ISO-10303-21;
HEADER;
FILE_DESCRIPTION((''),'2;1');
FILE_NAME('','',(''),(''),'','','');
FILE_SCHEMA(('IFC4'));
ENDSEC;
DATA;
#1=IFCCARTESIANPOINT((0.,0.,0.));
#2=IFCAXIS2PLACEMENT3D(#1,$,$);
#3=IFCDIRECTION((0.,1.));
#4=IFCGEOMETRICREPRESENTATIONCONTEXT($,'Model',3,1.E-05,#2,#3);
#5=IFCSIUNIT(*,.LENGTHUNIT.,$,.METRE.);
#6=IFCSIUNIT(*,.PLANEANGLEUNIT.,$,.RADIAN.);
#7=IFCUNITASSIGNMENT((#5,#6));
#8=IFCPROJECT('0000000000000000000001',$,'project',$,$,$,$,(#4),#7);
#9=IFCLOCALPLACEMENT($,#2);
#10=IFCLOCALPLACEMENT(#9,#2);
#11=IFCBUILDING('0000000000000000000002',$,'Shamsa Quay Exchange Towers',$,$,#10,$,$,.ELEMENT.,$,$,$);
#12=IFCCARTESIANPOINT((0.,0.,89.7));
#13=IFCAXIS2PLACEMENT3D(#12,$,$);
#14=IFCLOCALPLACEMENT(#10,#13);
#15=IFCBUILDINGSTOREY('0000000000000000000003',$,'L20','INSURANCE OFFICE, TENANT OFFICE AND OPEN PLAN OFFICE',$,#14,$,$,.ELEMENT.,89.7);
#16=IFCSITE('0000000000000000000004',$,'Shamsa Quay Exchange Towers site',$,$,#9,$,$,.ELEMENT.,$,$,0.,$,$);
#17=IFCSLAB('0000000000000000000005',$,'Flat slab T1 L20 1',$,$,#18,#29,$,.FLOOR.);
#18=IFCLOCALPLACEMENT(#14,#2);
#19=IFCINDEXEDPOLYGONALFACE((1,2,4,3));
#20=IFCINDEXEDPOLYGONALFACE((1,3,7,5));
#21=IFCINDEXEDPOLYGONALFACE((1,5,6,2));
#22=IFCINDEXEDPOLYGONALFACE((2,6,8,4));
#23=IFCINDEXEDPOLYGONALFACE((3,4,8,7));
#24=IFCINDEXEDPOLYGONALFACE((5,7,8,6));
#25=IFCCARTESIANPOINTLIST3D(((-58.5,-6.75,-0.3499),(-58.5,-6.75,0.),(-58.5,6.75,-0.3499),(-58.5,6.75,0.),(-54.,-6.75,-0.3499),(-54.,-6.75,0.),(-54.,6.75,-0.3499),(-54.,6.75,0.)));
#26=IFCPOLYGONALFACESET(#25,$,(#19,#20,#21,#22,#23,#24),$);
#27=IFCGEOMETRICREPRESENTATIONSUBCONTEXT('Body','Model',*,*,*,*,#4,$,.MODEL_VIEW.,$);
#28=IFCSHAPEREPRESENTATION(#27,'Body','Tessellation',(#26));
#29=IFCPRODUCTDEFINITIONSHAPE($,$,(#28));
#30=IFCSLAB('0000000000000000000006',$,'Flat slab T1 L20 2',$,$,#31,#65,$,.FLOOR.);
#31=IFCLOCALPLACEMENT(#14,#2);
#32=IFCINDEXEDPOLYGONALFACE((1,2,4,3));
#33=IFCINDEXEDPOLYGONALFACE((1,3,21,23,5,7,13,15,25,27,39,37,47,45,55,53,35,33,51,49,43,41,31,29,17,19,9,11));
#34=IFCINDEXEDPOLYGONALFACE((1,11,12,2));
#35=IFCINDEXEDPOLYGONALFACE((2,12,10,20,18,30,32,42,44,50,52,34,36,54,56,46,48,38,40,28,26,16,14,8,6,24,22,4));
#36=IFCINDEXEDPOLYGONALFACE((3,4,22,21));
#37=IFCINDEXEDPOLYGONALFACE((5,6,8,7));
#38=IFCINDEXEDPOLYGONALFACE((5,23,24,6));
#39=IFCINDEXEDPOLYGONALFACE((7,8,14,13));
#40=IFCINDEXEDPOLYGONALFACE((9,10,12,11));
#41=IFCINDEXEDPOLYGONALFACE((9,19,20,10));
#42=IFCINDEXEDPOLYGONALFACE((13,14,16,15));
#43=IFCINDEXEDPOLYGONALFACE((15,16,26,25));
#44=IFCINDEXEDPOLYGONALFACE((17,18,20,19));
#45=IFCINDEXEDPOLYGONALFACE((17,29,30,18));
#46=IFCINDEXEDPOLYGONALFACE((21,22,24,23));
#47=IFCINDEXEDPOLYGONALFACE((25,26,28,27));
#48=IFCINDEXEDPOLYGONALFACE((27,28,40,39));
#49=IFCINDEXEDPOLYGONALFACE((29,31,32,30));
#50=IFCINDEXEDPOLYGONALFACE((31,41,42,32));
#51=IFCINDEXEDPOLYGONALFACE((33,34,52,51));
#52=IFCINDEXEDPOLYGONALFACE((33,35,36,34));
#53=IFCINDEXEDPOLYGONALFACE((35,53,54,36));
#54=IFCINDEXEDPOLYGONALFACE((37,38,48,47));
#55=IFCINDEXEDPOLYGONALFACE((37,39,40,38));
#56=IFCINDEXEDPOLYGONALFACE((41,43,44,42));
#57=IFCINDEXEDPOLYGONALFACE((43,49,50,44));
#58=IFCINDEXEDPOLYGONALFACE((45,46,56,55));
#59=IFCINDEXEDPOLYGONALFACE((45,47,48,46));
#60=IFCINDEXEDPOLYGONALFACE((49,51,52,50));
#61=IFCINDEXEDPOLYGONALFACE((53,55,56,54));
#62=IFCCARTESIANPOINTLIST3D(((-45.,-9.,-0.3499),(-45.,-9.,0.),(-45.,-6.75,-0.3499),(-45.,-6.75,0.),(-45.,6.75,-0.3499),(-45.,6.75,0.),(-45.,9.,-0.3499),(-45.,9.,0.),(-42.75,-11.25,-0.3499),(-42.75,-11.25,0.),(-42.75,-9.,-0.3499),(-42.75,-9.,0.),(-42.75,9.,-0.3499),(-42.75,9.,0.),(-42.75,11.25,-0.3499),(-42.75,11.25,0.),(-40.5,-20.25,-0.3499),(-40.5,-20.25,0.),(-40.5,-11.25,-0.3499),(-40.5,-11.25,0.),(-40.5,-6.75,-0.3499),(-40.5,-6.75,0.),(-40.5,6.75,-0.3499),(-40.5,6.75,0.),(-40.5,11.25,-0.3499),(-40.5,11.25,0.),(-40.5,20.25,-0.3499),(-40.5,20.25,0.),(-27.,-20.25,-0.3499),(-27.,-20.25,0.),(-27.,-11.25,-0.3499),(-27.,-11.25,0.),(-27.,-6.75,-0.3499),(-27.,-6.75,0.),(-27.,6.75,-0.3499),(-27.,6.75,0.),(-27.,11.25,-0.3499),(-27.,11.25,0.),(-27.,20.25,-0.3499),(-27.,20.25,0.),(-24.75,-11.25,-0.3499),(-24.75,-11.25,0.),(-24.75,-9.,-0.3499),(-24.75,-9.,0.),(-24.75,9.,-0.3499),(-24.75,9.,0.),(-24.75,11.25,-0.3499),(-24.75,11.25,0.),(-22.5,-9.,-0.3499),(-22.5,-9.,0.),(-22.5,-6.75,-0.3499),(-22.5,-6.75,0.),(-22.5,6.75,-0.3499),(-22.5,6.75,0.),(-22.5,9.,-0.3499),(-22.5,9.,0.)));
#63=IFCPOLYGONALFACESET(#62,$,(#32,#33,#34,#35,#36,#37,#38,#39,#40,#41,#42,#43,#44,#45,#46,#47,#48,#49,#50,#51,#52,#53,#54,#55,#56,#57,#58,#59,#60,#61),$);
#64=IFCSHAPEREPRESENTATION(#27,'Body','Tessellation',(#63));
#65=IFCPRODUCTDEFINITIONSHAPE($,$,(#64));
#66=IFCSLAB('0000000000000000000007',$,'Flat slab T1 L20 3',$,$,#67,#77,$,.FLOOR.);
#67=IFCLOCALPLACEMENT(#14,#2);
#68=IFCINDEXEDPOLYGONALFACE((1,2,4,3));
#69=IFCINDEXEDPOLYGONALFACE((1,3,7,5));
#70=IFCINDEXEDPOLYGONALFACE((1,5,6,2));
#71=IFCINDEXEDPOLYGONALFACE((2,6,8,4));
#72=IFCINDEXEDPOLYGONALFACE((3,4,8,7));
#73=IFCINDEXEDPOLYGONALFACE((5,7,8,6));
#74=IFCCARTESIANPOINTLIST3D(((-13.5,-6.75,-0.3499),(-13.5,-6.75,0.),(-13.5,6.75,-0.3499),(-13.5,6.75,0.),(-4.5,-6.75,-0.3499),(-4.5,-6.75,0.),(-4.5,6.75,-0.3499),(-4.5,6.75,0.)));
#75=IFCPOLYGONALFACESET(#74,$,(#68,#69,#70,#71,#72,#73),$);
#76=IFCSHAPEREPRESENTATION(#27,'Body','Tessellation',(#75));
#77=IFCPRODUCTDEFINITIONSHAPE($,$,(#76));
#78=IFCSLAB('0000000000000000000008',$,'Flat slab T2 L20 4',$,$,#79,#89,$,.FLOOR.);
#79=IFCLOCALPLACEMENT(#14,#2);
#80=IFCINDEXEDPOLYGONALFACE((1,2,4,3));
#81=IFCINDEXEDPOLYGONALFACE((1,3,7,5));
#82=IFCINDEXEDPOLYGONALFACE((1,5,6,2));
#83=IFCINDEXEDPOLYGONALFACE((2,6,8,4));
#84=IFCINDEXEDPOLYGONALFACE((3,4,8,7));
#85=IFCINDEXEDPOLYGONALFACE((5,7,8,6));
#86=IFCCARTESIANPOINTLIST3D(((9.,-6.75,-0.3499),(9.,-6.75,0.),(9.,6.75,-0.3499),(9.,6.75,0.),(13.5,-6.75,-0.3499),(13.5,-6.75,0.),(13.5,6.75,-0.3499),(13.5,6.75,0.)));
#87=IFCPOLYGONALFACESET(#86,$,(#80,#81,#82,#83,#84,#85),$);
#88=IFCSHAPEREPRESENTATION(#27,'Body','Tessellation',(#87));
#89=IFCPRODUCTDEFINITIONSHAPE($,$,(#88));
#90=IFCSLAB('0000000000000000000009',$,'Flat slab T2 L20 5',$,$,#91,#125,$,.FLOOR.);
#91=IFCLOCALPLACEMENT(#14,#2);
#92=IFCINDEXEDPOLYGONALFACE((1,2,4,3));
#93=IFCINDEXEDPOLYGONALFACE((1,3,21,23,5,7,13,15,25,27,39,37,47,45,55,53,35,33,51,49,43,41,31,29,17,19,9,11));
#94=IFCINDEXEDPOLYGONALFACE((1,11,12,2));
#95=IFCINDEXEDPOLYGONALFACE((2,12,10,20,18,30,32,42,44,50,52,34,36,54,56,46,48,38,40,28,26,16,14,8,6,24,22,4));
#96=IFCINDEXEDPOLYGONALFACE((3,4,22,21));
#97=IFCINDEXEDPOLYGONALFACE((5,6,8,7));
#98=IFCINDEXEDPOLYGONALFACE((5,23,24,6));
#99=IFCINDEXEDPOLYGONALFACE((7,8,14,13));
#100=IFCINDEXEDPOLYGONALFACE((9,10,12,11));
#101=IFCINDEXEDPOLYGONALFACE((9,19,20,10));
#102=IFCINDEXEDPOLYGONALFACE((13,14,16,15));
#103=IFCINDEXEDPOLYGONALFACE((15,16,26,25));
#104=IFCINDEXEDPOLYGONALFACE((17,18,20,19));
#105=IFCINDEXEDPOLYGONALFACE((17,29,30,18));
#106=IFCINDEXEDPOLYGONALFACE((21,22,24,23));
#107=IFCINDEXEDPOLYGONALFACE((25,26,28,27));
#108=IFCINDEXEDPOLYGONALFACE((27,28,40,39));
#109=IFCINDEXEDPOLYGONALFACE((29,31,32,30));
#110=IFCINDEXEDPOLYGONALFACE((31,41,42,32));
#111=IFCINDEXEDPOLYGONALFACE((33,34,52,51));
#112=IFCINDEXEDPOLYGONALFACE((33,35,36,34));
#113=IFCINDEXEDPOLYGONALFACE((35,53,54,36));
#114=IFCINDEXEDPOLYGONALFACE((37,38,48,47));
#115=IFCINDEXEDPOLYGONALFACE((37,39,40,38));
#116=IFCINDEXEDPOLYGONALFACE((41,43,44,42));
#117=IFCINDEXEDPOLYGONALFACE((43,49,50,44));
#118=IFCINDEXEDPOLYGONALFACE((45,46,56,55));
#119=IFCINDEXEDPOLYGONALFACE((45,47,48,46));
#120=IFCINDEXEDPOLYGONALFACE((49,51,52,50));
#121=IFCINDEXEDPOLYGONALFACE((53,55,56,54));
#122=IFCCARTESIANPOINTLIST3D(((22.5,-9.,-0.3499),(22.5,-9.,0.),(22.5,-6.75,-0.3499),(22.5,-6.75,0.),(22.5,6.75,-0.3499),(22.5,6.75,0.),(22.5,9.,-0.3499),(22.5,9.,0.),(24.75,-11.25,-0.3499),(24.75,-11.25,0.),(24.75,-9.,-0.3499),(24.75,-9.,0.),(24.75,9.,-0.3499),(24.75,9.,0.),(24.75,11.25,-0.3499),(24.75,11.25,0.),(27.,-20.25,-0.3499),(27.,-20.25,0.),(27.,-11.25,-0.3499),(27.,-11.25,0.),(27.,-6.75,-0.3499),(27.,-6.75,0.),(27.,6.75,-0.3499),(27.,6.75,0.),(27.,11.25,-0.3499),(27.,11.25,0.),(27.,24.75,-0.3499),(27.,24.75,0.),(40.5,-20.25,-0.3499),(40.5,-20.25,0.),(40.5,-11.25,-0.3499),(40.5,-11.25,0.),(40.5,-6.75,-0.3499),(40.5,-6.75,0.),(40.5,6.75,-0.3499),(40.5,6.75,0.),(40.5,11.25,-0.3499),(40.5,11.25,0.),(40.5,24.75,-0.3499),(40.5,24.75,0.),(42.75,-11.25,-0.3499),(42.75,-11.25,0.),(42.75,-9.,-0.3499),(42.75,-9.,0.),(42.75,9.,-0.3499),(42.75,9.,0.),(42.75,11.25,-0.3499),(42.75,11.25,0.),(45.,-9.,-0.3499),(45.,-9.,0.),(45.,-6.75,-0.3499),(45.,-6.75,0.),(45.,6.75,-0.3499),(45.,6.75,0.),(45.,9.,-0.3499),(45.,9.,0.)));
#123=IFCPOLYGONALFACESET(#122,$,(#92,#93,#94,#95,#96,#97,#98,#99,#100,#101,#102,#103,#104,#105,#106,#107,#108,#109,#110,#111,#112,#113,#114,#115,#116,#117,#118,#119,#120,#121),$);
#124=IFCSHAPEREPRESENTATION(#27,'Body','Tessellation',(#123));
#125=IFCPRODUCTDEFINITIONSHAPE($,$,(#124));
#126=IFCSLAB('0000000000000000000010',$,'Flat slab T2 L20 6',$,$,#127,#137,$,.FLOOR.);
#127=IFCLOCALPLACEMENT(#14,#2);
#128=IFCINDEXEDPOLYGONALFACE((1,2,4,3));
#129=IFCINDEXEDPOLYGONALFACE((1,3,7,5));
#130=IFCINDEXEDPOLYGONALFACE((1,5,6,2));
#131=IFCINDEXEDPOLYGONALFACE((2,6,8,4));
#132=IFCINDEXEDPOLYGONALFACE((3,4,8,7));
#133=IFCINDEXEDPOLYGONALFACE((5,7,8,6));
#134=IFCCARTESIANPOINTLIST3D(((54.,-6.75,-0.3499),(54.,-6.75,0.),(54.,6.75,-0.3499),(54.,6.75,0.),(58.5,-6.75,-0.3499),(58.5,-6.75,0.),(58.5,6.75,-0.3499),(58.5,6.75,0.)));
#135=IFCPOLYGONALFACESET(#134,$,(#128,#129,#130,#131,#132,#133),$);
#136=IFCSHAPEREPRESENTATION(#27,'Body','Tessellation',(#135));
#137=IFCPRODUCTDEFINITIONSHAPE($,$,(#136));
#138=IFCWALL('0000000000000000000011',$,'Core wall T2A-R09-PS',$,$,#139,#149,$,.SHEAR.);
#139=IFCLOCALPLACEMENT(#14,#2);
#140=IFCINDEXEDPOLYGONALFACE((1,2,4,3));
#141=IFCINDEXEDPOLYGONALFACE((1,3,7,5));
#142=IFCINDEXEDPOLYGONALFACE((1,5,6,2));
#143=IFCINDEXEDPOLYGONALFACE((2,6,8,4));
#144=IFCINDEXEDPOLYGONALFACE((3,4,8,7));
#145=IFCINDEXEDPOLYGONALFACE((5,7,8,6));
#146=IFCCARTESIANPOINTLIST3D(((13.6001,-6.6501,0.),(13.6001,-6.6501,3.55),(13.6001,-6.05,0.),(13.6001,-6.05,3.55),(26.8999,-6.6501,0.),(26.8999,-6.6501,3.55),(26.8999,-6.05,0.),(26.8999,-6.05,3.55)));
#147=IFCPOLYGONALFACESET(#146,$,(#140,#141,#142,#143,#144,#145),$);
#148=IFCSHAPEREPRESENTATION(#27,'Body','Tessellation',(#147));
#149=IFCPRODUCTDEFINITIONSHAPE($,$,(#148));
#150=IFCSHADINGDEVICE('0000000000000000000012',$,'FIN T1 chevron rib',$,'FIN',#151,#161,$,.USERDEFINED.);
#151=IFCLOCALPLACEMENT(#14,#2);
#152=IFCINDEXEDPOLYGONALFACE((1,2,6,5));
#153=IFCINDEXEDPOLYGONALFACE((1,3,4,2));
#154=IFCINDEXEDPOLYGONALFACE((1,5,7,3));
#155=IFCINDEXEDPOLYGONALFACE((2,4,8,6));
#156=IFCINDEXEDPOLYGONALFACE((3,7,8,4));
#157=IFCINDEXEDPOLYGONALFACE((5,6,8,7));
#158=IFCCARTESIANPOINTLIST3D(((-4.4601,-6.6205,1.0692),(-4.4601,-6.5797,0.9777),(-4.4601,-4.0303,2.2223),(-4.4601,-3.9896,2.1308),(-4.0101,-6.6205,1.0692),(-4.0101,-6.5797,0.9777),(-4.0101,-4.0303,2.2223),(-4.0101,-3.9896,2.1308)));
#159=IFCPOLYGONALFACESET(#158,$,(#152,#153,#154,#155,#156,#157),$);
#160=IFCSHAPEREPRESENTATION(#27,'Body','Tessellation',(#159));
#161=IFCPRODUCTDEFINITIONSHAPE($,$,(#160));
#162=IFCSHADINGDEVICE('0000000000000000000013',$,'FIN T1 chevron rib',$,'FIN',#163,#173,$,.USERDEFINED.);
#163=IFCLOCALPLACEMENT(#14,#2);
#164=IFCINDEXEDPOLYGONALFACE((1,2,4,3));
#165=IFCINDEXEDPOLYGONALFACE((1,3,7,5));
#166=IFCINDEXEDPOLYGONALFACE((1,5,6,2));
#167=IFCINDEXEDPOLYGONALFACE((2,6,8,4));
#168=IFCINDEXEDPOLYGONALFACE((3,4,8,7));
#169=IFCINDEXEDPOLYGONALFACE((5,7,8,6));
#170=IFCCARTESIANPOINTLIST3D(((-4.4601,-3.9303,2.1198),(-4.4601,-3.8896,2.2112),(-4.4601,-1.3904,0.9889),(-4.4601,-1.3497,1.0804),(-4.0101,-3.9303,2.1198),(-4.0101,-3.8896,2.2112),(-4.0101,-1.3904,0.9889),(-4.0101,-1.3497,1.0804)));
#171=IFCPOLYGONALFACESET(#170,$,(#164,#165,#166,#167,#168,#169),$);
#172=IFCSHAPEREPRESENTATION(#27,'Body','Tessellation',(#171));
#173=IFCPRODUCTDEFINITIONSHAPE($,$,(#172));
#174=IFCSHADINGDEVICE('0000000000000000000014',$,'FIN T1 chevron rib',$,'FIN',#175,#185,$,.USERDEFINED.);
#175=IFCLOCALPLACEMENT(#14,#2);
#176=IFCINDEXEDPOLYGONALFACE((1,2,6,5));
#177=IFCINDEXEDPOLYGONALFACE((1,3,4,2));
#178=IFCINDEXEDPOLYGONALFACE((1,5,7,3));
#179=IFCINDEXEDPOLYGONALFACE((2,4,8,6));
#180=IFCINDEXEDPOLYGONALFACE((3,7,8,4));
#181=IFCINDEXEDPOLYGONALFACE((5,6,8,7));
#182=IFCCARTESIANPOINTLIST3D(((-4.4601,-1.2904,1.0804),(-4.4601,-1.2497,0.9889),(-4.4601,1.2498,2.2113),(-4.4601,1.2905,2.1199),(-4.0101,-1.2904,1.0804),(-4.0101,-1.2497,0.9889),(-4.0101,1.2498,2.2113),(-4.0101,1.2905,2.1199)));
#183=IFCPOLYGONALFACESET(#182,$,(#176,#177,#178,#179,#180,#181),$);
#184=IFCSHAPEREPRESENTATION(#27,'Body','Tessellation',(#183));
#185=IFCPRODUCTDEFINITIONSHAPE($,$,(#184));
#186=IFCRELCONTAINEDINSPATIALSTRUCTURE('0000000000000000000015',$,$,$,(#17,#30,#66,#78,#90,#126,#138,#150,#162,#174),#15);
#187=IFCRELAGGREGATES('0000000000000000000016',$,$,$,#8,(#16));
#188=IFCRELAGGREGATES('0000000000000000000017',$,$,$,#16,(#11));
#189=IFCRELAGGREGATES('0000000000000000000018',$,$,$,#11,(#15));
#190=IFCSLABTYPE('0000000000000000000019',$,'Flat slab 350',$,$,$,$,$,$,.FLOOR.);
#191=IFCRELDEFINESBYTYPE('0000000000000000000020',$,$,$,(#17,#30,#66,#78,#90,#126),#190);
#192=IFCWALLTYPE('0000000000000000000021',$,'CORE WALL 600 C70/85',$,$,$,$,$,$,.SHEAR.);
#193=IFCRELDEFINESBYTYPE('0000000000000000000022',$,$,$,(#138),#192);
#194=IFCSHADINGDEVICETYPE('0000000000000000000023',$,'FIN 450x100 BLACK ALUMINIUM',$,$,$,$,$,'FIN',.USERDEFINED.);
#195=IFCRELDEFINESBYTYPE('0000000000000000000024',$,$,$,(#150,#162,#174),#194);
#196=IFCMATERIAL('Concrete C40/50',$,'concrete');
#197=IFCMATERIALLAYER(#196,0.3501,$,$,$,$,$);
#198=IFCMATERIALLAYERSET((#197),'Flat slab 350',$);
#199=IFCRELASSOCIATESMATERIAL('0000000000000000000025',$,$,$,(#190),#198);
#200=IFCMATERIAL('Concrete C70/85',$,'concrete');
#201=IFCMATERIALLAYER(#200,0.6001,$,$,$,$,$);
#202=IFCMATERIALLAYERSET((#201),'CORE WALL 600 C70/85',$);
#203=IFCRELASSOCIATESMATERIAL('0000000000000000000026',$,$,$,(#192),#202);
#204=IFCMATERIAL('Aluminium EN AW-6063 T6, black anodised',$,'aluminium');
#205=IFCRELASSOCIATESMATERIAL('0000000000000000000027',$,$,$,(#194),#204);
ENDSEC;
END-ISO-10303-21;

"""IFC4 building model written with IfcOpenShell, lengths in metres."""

from ifc_helpers import new_model, si_unit, direction, frame, frame_2d, origin, origin_2d, place, context, subcontext, project, spatial, polyline, rectangle, outline, extrude, material, layer, layer_set, material_profile, profile_set, type_object, element, save


model = new_model("IFC4")

# Units and contexts
model_context = context("Model", 3, precision=1e-05, world=origin(), true_north=direction((0.0, 1.0)))
body_context = subcontext(model_context, "Body", "Model", "MODEL_VIEW")
ifc_project = project(units=[si_unit("LENGTHUNIT", "METRE"), si_unit("PLANEANGLEUNIT", "RADIAN")], contexts=[model_context])

# Site, building, storey
site_placement = place(None, origin())
site = spatial("IfcSite", under=ifc_project, at=site_placement, Name="Shamsa Quay Exchange Towers site", CompositionType="ELEMENT", RefElevation=0.0)
building_placement = place(site_placement, origin())
building = spatial("IfcBuilding", under=site, at=building_placement, Name="Shamsa Quay Exchange Towers", CompositionType="ELEMENT")
storey_placement = place(building_placement, frame((0.0, 0.0, 89.7)))
storey = spatial("IfcBuildingStorey", under=building, at=storey_placement, Name="L20", Description="INSURANCE OFFICE, TENANT OFFICE AND OPEN PLAN OFFICE", CompositionType="ELEMENT", Elevation=89.7)

# Shared definitions
ifc_material_1 = material(Name="Aluminium EN AW-6063 T6, black anodised", Category="aluminium")

# Slabs
ifc_material_2 = material(Name="Concrete C40/50", Category="concrete")
ifc_layer_1 = layer(ifc_material_2, 0.3501)
ifc_layer_set_1 = layer_set([ifc_layer_1], Name="Flat slab 350")
slab_type_1 = type_object("IfcSlabType", Name="Flat slab 350", PredefinedType="FLOOR", material=ifc_layer_set_1)
slab_1_placement = place(storey_placement, frame((0.0, 0.0, -0.3499)))
element("IfcSlab", 1, at=slab_1_placement, inside=storey, type_object=slab_type_1, Name="Flat slab T1 L20 1", PredefinedType="FLOOR", context=body_context, shape_type="SweptSolid", body=[
    extrude(outline(polyline([(-58.5, -6.75), (-54.0, -6.75), (-54.0, 6.75), (-58.5, 6.75), (-58.5, -6.75)])), origin(), (0.0, 0.0, 1.0), 0.3499),
])
slab_2_placement = place(storey_placement, frame((0.0, 0.0, -0.3499)))
element("IfcSlab", 2, at=slab_2_placement, inside=storey, type_object=slab_type_1, Name="Flat slab T1 L20 2", PredefinedType="FLOOR", context=body_context, shape_type="SweptSolid", body=[
    extrude(outline(polyline([(-22.5, -9.0), (-22.5, -6.75), (-27.0, -6.75), (-27.0, 6.75), (-22.5, 6.75), (-22.5, 9.0), (-24.75, 9.0), (-24.75, 11.25), (-27.0, 11.25), (-27.0, 20.25), (-40.5, 20.25), (-40.5, 11.25), (-42.75, 11.25), (-42.75, 9.0), (-45.0, 9.0), (-45.0, 6.75), (-40.5, 6.75), (-40.5, -6.75), (-45.0, -6.75), (-45.0, -9.0), (-42.75, -9.0), (-42.75, -11.25), (-40.5, -11.25), (-40.5, -20.25), (-27.0, -20.25), (-27.0, -11.25), (-24.75, -11.25), (-24.75, -9.0), (-22.5, -9.0)])), origin(), (0.0, 0.0, 1.0), 0.3499),
])
slab_3_placement = place(storey_placement, frame((0.0, 0.0, -0.3499)))
element("IfcSlab", 3, at=slab_3_placement, inside=storey, type_object=slab_type_1, Name="Flat slab T1 L20 3", PredefinedType="FLOOR", context=body_context, shape_type="SweptSolid", body=[
    extrude(outline(polyline([(-4.5, 6.75), (-13.5, 6.75), (-13.5, -6.75), (-4.5, -6.75), (-4.5, 6.75)])), origin(), (0.0, 0.0, 1.0), 0.3499),
])
slab_4_placement = place(storey_placement, frame((0.0, 0.0, -0.3499)))
element("IfcSlab", 4, at=slab_4_placement, inside=storey, type_object=slab_type_1, Name="Flat slab T2 L20 4", PredefinedType="FLOOR", context=body_context, shape_type="SweptSolid", body=[
    extrude(outline(polyline([(9.0, -6.75), (13.5, -6.75), (13.5, 6.75), (9.0, 6.75), (9.0, -6.75)])), origin(), (0.0, 0.0, 1.0), 0.3499),
])
slab_5_placement = place(storey_placement, frame((0.0, 0.0, -0.3499)))
element("IfcSlab", 5, at=slab_5_placement, inside=storey, type_object=slab_type_1, Name="Flat slab T2 L20 5", PredefinedType="FLOOR", context=body_context, shape_type="SweptSolid", body=[
    extrude(outline(polyline([(45.0, -9.0), (45.0, -6.75), (40.5, -6.75), (40.5, 6.75), (45.0, 6.75), (45.0, 9.0), (42.75, 9.0), (42.75, 11.25), (40.5, 11.25), (40.5, 24.75), (27.0, 24.75), (27.0, 11.25), (24.75, 11.25), (24.75, 9.0), (22.5, 9.0), (22.5, 6.75), (27.0, 6.75), (27.0, -6.75), (22.5, -6.75), (22.5, -9.0), (24.75, -9.0), (24.75, -11.25), (27.0, -11.25), (27.0, -20.25), (40.5, -20.25), (40.5, -11.25), (42.75, -11.25), (42.75, -9.0), (45.0, -9.0)])), origin(), (0.0, 0.0, 1.0), 0.3499),
])
slab_6_placement = place(storey_placement, frame((0.0, 0.0, -0.3499)))
element("IfcSlab", 6, at=slab_6_placement, inside=storey, type_object=slab_type_1, Name="Flat slab T2 L20 6", PredefinedType="FLOOR", context=body_context, shape_type="SweptSolid", body=[
    extrude(outline(polyline([(58.5, 6.75), (54.0, 6.75), (54.0, -6.75), (58.5, -6.75), (58.5, 6.75)])), origin(), (0.0, 0.0, 1.0), 0.3499),
])

# Wall
ifc_material_3 = material(Name="Concrete C70/85", Category="concrete")
ifc_layer_2 = layer(ifc_material_3, 0.6001)
ifc_layer_set_2 = layer_set([ifc_layer_2], Name="CORE WALL 600 C70/85")
wall_type = type_object("IfcWallType", Name="CORE WALL 600 C70/85", PredefinedType="SHEAR", material=ifc_layer_set_2)
wall_placement = place(storey_placement, frame((13.6001, -6.3501, 0.0)))
element("IfcWall", 7, at=wall_placement, inside=storey, type_object=wall_type, Name="Core wall T2A-R09-PS", PredefinedType="SHEAR", context=body_context, shape_type="SweptSolid", body=[
    extrude(rectangle(XDim=13.2998, YDim=0.6001, at=frame_2d((6.6499, 0.0))), origin(), (0.0, 0.0, 1.0), 3.55),
])

# Shading devices
ifc_material_profile_1 = material_profile(ifc_material_1, rectangle(XDim=0.45, YDim=0.1001, at=origin_2d()), Name="FIN450x100")
ifc_profile_set_1 = profile_set([ifc_material_profile_1], Name="Aluminium EN AW-6063 T6, black anodised")
shading_device_type = type_object("IfcShadingDeviceType", Name="FIN 450x100 BLACK ALUMINIUM", ElementType="FIN", PredefinedType="USERDEFINED", material=ifc_profile_set_1)
shading_device_1_placement = place(storey_placement, frame((-4.2351, -6.6001, 1.0234), z_axis=(0.0, 0.913559, 0.406706), x_axis=(-1.0, 0.0, 0.0)))
element("IfcShadingDevice", 8, at=shading_device_1_placement, inside=storey, type_object=shading_device_type, Name="FIN T1 chevron rib", ObjectType="FIN", PredefinedType="USERDEFINED", context=body_context, shape_type="SweptSolid", body=[
    extrude(rectangle(XDim=0.45, YDim=0.1001, at=origin_2d()), origin(), (0.0, 0.0, 1.0), 2.8352),
])
shading_device_2_placement = place(storey_placement, frame((-4.2351, -3.9099, 2.1655), z_axis=(0.0, 0.913536, -0.406758), x_axis=(-1.0, 0.0, 0.0)))
element("IfcShadingDevice", 9, at=shading_device_2_placement, inside=storey, type_object=shading_device_type, Name="FIN T1 chevron rib", ObjectType="FIN", PredefinedType="USERDEFINED", context=body_context, shape_type="SweptSolid", body=[
    extrude(rectangle(XDim=0.45, YDim=0.1001, at=origin_2d()), origin(), (0.0, 0.0, 1.0), 2.7803),
])
shading_device_3_placement = place(storey_placement, frame((-4.2351, -1.27, 1.0347), z_axis=(0.0, 0.913551, 0.406725), x_axis=(-1.0, 0.0, 0.0)))
element("IfcShadingDevice", 10, at=shading_device_3_placement, inside=storey, type_object=shading_device_type, Name="FIN T1 chevron rib", ObjectType="FIN", PredefinedType="USERDEFINED", context=body_context, shape_type="SweptSolid", body=[
    extrude(rectangle(XDim=0.45, YDim=0.1001, at=origin_2d()), origin(), (0.0, 0.0, 1.0), 2.7805),
])

save(model, "model.ifc")
